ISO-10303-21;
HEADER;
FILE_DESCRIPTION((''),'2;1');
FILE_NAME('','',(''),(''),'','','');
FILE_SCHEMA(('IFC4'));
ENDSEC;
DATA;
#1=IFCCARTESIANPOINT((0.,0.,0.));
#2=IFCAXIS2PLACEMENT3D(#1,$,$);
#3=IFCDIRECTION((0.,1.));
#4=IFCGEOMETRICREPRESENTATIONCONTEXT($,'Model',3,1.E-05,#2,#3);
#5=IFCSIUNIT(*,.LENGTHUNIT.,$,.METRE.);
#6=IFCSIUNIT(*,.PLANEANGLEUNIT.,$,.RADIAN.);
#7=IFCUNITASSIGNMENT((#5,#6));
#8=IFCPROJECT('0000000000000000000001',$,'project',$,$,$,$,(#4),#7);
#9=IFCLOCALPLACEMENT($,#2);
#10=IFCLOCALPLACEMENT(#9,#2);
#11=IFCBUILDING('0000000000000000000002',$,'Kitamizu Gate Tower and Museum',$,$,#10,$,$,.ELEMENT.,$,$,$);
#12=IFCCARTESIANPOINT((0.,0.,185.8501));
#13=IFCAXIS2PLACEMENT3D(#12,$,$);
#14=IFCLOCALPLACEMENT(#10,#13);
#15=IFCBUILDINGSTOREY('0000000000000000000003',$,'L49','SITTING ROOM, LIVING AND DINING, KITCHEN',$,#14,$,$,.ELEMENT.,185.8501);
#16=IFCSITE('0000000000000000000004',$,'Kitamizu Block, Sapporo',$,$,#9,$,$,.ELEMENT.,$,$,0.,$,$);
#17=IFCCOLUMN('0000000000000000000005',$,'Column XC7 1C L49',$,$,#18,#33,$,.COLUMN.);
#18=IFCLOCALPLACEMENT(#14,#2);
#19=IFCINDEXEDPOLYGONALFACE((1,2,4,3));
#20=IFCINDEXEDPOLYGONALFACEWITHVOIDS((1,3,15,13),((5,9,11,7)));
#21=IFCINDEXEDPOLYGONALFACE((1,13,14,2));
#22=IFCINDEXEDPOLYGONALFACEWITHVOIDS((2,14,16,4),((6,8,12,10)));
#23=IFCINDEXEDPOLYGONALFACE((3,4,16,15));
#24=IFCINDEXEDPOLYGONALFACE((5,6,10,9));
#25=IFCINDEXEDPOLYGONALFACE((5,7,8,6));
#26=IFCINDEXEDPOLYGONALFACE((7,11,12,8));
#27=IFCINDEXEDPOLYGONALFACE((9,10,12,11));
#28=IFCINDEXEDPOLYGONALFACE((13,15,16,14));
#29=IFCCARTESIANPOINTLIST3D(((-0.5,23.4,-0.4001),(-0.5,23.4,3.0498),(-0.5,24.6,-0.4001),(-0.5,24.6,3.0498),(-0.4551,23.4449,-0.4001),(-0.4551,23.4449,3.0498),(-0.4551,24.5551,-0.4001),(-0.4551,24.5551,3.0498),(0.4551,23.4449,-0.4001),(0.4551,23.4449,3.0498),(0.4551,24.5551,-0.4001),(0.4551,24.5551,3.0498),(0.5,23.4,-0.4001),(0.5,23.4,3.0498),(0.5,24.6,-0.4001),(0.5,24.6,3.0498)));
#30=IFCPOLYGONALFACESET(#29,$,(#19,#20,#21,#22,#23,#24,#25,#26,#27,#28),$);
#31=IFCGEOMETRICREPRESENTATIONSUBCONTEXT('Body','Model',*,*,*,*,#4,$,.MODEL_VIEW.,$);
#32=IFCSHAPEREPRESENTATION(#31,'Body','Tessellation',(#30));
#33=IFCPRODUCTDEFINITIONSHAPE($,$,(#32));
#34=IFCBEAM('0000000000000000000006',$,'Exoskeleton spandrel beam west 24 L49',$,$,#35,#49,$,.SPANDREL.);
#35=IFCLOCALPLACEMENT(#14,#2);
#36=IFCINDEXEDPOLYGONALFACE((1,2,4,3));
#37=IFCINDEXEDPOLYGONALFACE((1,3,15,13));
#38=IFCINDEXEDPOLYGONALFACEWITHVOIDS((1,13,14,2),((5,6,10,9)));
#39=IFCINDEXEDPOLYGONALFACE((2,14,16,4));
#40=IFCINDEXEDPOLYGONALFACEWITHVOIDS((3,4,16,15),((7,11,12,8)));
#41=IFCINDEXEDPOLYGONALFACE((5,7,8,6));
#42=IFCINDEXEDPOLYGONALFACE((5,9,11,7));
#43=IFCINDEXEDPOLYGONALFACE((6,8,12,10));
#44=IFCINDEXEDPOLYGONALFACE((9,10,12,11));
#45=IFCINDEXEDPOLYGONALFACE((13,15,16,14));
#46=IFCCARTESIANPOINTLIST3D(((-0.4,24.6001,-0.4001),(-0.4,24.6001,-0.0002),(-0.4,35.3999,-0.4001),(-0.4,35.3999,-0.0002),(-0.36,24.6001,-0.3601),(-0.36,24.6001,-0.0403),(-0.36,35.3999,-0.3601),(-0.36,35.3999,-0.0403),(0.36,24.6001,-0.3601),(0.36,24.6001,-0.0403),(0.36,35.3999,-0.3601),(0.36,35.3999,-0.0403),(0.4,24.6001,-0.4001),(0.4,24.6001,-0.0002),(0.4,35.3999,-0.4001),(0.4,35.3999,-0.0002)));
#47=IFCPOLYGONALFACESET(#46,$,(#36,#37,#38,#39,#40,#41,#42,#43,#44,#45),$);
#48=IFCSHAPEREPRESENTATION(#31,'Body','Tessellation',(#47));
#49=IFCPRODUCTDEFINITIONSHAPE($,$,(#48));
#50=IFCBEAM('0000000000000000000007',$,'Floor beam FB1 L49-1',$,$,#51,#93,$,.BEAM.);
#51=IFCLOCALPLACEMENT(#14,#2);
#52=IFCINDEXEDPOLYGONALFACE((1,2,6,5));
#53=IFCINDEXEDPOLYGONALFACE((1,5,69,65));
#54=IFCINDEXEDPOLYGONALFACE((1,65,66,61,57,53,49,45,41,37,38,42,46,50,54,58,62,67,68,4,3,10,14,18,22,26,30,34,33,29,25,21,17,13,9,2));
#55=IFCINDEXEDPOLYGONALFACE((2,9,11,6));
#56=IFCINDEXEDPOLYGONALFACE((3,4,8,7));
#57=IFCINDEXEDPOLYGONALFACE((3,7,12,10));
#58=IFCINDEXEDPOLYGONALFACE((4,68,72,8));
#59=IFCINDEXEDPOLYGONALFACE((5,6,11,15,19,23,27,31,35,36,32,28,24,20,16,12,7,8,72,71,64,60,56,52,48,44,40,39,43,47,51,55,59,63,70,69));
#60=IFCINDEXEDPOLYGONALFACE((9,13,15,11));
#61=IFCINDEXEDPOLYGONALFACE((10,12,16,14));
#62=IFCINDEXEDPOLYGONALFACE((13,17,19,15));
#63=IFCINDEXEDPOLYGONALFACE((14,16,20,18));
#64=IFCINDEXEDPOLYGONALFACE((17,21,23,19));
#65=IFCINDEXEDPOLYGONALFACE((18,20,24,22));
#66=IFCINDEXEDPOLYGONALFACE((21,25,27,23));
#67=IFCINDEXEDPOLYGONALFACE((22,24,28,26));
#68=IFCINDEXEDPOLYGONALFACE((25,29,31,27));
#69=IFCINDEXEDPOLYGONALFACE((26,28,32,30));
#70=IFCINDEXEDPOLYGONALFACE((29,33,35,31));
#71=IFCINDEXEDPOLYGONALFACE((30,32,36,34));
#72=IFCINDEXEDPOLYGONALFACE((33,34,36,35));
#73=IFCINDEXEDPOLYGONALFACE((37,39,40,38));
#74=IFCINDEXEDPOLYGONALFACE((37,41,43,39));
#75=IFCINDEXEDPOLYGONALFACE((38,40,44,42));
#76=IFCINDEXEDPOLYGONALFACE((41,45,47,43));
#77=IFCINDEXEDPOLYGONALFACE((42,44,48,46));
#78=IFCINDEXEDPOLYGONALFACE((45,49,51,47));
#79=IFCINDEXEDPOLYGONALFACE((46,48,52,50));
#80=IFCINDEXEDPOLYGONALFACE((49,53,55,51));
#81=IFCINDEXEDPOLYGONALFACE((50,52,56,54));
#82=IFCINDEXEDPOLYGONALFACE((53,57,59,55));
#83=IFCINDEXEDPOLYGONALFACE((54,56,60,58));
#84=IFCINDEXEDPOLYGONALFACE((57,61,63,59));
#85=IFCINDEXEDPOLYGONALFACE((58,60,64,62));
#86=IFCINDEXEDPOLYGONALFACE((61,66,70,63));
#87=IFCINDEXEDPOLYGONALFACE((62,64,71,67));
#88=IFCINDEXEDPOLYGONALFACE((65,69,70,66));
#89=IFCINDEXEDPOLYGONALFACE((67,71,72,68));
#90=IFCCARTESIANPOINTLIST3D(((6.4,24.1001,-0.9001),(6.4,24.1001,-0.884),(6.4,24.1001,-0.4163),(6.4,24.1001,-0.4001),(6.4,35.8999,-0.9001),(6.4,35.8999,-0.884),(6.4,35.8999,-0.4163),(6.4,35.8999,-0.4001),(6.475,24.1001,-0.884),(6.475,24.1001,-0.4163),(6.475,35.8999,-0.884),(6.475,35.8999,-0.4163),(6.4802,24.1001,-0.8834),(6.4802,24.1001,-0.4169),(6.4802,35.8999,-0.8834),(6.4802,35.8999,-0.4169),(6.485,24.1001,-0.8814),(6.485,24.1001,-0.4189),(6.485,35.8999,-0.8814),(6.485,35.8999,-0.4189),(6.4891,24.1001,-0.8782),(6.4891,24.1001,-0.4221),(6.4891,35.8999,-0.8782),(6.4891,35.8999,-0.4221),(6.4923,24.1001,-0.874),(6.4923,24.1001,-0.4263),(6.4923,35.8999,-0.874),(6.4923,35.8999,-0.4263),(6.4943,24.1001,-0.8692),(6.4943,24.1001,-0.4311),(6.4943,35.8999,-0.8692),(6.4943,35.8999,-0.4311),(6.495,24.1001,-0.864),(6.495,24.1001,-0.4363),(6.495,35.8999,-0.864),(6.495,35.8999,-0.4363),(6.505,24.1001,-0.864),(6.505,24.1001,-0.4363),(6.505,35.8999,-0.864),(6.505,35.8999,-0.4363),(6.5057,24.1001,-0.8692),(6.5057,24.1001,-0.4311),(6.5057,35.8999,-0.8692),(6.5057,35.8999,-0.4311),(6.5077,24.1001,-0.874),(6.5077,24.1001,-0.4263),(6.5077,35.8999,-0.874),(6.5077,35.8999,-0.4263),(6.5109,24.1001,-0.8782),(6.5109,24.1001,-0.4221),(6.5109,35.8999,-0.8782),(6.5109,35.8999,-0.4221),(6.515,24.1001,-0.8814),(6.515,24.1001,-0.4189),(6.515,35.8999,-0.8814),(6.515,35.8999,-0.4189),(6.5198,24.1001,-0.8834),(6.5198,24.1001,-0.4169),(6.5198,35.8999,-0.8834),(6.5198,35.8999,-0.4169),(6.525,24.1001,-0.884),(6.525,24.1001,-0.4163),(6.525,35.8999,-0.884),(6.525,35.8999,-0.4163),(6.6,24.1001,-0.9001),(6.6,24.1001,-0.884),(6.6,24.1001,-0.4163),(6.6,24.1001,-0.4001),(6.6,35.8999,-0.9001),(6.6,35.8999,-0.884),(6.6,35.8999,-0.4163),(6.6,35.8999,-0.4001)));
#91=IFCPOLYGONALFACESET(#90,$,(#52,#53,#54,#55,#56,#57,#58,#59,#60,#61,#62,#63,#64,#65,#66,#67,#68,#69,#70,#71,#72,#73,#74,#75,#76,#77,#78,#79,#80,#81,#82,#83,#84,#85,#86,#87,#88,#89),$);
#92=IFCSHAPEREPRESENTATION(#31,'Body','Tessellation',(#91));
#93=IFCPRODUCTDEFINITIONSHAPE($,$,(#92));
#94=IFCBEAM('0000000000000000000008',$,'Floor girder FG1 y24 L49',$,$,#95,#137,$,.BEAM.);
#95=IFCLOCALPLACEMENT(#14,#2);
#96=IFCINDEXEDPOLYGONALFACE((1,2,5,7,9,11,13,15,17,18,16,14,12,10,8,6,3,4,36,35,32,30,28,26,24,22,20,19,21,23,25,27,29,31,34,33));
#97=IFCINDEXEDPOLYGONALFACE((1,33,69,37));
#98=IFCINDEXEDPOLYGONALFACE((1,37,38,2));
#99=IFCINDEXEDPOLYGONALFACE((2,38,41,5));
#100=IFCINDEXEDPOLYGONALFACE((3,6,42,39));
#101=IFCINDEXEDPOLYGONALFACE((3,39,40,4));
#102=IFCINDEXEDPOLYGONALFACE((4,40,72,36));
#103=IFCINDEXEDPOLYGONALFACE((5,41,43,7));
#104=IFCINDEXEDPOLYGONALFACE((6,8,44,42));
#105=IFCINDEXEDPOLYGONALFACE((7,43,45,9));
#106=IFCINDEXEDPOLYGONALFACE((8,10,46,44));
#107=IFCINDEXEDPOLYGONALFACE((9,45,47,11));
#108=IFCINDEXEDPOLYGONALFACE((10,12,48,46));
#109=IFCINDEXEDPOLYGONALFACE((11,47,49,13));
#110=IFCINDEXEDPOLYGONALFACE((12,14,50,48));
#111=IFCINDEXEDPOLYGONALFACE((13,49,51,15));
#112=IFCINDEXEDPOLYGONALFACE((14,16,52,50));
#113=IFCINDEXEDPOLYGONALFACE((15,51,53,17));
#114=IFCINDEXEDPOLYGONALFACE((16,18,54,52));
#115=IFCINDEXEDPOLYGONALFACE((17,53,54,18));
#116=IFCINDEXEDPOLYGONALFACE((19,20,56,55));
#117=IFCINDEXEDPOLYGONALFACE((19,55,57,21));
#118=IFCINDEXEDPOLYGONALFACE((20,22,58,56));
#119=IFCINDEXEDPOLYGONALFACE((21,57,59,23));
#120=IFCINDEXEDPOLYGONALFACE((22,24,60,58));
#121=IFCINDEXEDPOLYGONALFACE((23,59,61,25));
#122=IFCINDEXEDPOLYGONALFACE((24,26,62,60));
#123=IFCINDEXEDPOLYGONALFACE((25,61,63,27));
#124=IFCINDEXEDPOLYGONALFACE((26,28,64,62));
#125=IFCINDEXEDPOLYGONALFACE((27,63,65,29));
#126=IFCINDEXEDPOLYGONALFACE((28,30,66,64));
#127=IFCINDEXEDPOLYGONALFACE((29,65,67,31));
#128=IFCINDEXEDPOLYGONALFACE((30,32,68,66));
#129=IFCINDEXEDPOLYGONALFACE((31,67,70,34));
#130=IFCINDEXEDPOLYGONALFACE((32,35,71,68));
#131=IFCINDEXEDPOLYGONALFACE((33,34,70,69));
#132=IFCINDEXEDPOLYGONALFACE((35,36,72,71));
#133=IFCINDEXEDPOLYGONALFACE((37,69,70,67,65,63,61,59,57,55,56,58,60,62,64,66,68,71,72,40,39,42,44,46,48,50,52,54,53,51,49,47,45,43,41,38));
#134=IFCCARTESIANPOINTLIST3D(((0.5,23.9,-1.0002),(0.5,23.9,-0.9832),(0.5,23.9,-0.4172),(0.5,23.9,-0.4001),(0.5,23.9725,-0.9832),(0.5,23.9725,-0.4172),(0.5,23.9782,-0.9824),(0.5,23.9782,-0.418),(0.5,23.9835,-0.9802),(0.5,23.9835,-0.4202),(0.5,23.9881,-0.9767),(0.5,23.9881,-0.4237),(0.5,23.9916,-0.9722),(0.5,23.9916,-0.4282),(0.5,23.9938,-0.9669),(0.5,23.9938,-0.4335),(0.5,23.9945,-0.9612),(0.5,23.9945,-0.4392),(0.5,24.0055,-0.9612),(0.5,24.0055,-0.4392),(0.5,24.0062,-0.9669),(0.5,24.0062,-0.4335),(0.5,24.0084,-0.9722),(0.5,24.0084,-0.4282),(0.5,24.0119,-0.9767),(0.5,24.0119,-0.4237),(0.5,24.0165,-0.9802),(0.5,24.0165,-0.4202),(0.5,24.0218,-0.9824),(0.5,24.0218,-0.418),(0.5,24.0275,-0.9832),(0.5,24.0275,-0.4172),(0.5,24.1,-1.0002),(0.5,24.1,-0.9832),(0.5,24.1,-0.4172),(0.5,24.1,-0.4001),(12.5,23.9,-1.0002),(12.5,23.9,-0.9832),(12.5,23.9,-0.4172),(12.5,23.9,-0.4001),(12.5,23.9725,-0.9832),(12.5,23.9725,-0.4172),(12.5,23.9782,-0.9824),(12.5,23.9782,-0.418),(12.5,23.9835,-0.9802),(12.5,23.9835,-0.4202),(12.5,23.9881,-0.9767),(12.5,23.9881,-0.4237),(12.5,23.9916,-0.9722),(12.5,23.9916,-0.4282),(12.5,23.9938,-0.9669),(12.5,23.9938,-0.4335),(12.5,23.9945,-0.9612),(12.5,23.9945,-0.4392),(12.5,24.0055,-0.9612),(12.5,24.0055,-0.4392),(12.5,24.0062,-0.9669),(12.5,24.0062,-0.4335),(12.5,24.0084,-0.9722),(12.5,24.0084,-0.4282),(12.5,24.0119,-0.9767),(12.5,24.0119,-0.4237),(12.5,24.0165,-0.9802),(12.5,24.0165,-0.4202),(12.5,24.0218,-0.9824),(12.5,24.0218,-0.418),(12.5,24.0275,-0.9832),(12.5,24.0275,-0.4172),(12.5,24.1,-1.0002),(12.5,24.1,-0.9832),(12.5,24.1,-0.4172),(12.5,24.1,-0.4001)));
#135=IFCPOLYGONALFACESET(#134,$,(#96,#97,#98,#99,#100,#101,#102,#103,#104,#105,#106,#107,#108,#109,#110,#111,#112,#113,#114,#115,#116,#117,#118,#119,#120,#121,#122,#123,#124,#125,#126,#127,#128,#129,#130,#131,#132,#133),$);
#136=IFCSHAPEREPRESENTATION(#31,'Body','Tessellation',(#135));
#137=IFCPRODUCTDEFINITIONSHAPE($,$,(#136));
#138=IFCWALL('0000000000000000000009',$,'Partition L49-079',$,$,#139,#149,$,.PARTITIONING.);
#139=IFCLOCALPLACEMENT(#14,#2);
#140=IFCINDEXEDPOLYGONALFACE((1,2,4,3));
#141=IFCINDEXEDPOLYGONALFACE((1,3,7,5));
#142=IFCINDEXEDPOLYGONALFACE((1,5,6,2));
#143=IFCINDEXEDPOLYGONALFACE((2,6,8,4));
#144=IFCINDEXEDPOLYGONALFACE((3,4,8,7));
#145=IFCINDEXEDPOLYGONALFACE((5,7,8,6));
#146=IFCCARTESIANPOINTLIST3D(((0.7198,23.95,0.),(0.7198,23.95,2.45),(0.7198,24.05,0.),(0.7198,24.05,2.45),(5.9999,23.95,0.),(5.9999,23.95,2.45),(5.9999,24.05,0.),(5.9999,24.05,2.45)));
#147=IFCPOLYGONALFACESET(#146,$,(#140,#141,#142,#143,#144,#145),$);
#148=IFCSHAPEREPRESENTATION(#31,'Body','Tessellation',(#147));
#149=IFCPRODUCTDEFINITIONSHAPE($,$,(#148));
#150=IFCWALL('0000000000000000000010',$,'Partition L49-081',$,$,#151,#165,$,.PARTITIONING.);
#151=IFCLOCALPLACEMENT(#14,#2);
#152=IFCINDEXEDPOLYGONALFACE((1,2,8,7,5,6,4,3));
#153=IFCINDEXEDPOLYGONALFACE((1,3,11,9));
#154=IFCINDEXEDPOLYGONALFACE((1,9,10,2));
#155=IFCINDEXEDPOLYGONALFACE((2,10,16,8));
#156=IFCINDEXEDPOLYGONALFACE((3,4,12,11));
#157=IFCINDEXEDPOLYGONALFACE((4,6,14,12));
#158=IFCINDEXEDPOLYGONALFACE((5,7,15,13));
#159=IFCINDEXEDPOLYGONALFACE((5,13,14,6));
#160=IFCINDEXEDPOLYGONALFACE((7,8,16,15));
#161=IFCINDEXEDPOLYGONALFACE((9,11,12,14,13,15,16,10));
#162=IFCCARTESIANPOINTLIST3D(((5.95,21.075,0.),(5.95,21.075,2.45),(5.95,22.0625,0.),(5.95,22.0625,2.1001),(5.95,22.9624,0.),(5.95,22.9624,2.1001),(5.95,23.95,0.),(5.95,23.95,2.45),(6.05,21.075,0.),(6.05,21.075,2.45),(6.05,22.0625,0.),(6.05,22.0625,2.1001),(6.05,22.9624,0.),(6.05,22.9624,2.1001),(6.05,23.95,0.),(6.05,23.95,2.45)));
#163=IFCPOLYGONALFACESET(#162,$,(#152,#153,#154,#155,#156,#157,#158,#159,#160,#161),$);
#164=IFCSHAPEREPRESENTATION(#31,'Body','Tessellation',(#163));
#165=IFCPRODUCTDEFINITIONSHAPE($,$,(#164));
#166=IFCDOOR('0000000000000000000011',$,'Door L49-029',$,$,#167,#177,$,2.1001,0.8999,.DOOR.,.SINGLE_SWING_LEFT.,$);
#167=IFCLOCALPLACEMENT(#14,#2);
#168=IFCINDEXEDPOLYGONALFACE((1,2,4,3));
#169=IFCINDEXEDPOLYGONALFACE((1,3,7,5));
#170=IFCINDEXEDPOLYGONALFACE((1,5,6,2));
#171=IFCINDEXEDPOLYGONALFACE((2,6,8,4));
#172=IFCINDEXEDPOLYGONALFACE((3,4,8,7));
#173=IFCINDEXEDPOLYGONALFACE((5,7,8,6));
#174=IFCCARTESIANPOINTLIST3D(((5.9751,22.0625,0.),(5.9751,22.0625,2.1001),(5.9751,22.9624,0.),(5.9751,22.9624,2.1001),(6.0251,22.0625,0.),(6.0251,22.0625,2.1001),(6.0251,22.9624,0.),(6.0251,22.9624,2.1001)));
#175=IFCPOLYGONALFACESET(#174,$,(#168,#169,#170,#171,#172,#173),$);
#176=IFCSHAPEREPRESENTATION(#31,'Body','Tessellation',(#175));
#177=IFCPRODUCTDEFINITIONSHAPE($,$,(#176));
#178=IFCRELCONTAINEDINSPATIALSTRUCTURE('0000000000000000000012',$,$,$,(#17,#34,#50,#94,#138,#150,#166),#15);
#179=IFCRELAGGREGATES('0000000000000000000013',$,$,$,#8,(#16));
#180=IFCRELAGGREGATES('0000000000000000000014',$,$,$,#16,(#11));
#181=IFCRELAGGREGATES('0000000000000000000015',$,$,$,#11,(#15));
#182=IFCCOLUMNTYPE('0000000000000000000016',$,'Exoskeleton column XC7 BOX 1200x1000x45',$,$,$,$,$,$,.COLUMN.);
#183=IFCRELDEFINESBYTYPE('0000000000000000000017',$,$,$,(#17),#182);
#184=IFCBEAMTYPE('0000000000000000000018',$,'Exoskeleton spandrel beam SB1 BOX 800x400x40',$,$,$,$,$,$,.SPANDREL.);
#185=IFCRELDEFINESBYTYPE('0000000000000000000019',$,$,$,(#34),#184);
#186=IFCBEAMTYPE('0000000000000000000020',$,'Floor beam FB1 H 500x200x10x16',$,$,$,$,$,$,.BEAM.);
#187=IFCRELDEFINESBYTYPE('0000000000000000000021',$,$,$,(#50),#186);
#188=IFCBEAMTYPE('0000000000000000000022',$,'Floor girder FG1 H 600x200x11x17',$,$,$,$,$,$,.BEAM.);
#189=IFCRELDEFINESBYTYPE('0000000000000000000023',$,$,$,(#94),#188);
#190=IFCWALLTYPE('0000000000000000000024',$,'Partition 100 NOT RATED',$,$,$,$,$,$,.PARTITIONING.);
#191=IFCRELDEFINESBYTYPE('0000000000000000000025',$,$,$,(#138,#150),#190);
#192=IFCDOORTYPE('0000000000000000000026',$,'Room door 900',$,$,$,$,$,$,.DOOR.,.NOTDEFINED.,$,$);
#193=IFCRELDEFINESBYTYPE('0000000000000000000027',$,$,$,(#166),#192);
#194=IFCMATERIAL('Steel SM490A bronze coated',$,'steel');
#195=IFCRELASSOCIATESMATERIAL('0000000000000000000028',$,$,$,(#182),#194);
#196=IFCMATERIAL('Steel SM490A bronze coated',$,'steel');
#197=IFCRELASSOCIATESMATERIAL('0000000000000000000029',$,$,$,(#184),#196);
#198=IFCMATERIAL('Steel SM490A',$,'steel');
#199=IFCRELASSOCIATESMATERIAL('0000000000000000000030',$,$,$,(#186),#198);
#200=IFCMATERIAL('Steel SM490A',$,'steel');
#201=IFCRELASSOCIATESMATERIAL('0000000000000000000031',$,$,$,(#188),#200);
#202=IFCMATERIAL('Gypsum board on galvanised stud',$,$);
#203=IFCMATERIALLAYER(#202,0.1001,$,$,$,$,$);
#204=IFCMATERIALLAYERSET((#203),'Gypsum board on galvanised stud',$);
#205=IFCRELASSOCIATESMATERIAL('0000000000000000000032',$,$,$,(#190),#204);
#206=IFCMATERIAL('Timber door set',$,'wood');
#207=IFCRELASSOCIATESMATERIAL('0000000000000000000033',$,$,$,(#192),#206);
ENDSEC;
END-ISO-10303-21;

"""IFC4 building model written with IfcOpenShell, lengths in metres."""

from ifc_helpers import new_model, si_unit, direction, frame, frame_2d, origin, origin_2d, place, context, subcontext, project, spatial, rectangle, hollow_rectangle, i_section, extrude, material, layer, layer_set, material_profile, profile_set, type_object, element, fill, save


model = new_model("IFC4")

# Units and contexts
model_context = context("Model", 3, precision=1e-05, world=origin(), true_north=direction((0.0, 1.0)))
body_context = subcontext(model_context, "Body", "Model", "MODEL_VIEW")
ifc_project = project(units=[si_unit("LENGTHUNIT", "METRE"), si_unit("PLANEANGLEUNIT", "RADIAN")], contexts=[model_context])

# Site, building, storey
site_placement = place(None, origin())
site = spatial("IfcSite", under=ifc_project, at=site_placement, Name="Kitamizu Block, Sapporo", CompositionType="ELEMENT", RefElevation=0.0)
building_placement = place(site_placement, origin())
building = spatial("IfcBuilding", under=site, at=building_placement, Name="Kitamizu Gate Tower and Museum", CompositionType="ELEMENT")
storey_placement = place(building_placement, frame((0.0, 0.0, 185.8501)))
storey = spatial("IfcBuildingStorey", under=building, at=storey_placement, Name="L49", Description="SITTING ROOM, LIVING AND DINING, KITCHEN", CompositionType="ELEMENT", Elevation=185.8501)

# Column
ifc_material_1 = material(Name="Steel SM490A bronze coated", Category="steel")
ifc_material_profile_1 = material_profile(ifc_material_1, hollow_rectangle(XDim=1.2, YDim=1.0, WallThickness=0.0449, at=origin_2d()), Name="BOX 1200x1000x45")
ifc_profile_set_1 = profile_set([ifc_material_profile_1], Name="Steel SM490A bronze coated")
column_type = type_object("IfcColumnType", Name="Exoskeleton column XC7 BOX 1200x1000x45", PredefinedType="COLUMN", material=ifc_profile_set_1)
column_placement = place(storey_placement, frame((0.0, 24.0, -0.4001), z_axis=(0.0, 0.0, 1.0), x_axis=(0.0, 1.0, 0.0)))
element("IfcColumn", 1, at=column_placement, inside=storey, type_object=column_type, Name="Column XC7 1C L49", PredefinedType="COLUMN", context=body_context, shape_type="SweptSolid", body=[
    extrude(hollow_rectangle(XDim=1.2, YDim=1.0, WallThickness=0.0449, at=origin_2d()), origin(), (0.0, 0.0, 1.0), 3.45),
])

# Beams
ifc_material_2 = material(Name="Steel SM490A bronze coated", Category="steel")
ifc_material_profile_2 = material_profile(ifc_material_2, hollow_rectangle(XDim=0.8, YDim=0.3999, WallThickness=0.04, at=origin_2d()), Name="BOX 800x400x40")
ifc_profile_set_2 = profile_set([ifc_material_profile_2], Name="Steel SM490A bronze coated")
beam_type_1 = type_object("IfcBeamType", Name="Exoskeleton spandrel beam SB1 BOX 800x400x40", PredefinedType="SPANDREL", material=ifc_profile_set_2)
beam_1_placement = place(storey_placement, frame((0.0, 24.6001, -0.2002), z_axis=(0.0, 1.0, 0.0), x_axis=(-1.0, 0.0, 0.0)))
element("IfcBeam", 2, at=beam_1_placement, inside=storey, type_object=beam_type_1, Name="Exoskeleton spandrel beam west 24 L49", PredefinedType="SPANDREL", context=body_context, shape_type="SweptSolid", body=[
    extrude(hollow_rectangle(XDim=0.8, YDim=0.3999, WallThickness=0.04, at=origin_2d()), origin(), (0.0, 0.0, 1.0), 10.7998),
])
ifc_material_3 = material(Name="Steel SM490A", Category="steel")
ifc_material_profile_3 = material_profile(ifc_material_3, i_section(OverallWidth=0.2, OverallDepth=0.5, WebThickness=0.01, FlangeThickness=0.0161, FilletRadius=0.02, at=origin_2d()), Name="H-500x200x10x16")
ifc_profile_set_3 = profile_set([ifc_material_profile_3], Name="Steel SM490A")
beam_type_2 = type_object("IfcBeamType", Name="Floor beam FB1 H 500x200x10x16", PredefinedType="BEAM", material=ifc_profile_set_3)
beam_2_placement = place(storey_placement, frame((6.5, 24.1001, -0.6501), z_axis=(0.0, 1.0, 0.0), x_axis=(-1.0, 0.0, 0.0)))
element("IfcBeam", 3, at=beam_2_placement, inside=storey, type_object=beam_type_2, Name="Floor beam FB1 L49-1", PredefinedType="BEAM", context=body_context, shape_type="SweptSolid", body=[
    extrude(i_section(OverallWidth=0.2, OverallDepth=0.5, WebThickness=0.01, FlangeThickness=0.0161, FilletRadius=0.02, at=origin_2d()), origin(), (0.0, 0.0, 1.0), 11.7998),
])
ifc_material_4 = material(Name="Steel SM490A", Category="steel")
ifc_material_profile_4 = material_profile(ifc_material_4, i_section(OverallWidth=0.2, OverallDepth=0.6001, WebThickness=0.011, FlangeThickness=0.0171, FilletRadius=0.022, at=origin_2d()), Name="H-600x200x11x17")
ifc_profile_set_4 = profile_set([ifc_material_profile_4], Name="Steel SM490A")
beam_type_3 = type_object("IfcBeamType", Name="Floor girder FG1 H 600x200x11x17", PredefinedType="BEAM", material=ifc_profile_set_4)
beam_3_placement = place(storey_placement, frame((0.5, 24.0, -0.7002), z_axis=(1.0, 0.0, 0.0), x_axis=(0.0, 1.0, 0.0)))
element("IfcBeam", 4, at=beam_3_placement, inside=storey, type_object=beam_type_3, Name="Floor girder FG1 y24 L49", PredefinedType="BEAM", context=body_context, shape_type="SweptSolid", body=[
    extrude(i_section(OverallWidth=0.2, OverallDepth=0.6001, WebThickness=0.011, FlangeThickness=0.0171, FilletRadius=0.022, at=origin_2d()), origin(), (0.0, 0.0, 1.0), 12.0),
])

# Wall
ifc_material_5 = material(Name="Gypsum board on galvanised stud")
ifc_layer_1 = layer(ifc_material_5, 0.1001)
ifc_layer_set_1 = layer_set([ifc_layer_1], Name="Gypsum board on galvanised stud")
wall_type_1 = type_object("IfcWallType", Name="Partition 100 NOT RATED", PredefinedType="PARTITIONING", material=ifc_layer_set_1)
wall_1_placement = place(storey_placement, frame((6.0, 24.0, 0.0), z_axis=(0.0, 0.0, 1.0), x_axis=(-1.0, 0.0, 0.0)))
element("IfcWall", 5, at=wall_1_placement, inside=storey, type_object=wall_type_1, Name="Partition L49-079", PredefinedType="PARTITIONING", context=body_context, shape_type="SweptSolid", body=[
    extrude(rectangle(XDim=5.28, YDim=0.1001, at=frame_2d((2.6401, 0.0))), origin(), (0.0, 0.0, 1.0), 2.45),
])

# Wall, opening, door
wall_2_placement = place(storey_placement, frame((6.0, 21.075, 0.0), z_axis=(0.0, 0.0, 1.0), x_axis=(0.0, 1.0, 0.0)))
wall_2 = element("IfcWall", 6, at=wall_2_placement, inside=storey, type_object=wall_type_1, Name="Partition L49-081", PredefinedType="PARTITIONING", context=body_context, shape_type="SweptSolid", body=[
    extrude(rectangle(XDim=2.875, YDim=0.1001, at=frame_2d((1.4375, 0.0))), origin(), (0.0, 0.0, 1.0), 2.45),
])
opening_1_placement = place(wall_2_placement, frame((0.9875, 0.0, 0.0)))
opening_1 = element("IfcOpeningElement", 7, at=opening_1_placement, cuts=wall_2, PredefinedType="OPENING", context=body_context, shape_type="SweptSolid", body=[
    extrude(rectangle(XDim=0.8999, YDim=2.1001, at=frame_2d((0.45, 1.05))), frame((0.0, 0.0601, 0.0), z_axis=(0.0, -1.0, 0.0), x_axis=(1.0, 0.0, 0.0)), (0.0, 0.0, 1.0), 0.1201),
])
ifc_material_6 = material(Name="Timber door set", Category="wood")
door_type_1 = type_object("IfcDoorType", Name="Room door 900", OperationType="NOTDEFINED", PredefinedType="DOOR", material=ifc_material_6)
door_1_placement = place(opening_1_placement, origin())
door_1 = element("IfcDoor", 8, at=door_1_placement, inside=storey, type_object=door_type_1, Name="Door L49-029", OperationType="SINGLE_SWING_LEFT", OverallHeight=2.1001, OverallWidth=0.8999, PredefinedType="DOOR", context=body_context, shape_type="SweptSolid", body=[
    extrude(rectangle(XDim=0.8999, YDim=2.1001, at=frame_2d((0.45, 1.05))), frame((0.0, 0.0249, 0.0), z_axis=(0.0, -1.0, 0.0), x_axis=(1.0, 0.0, 0.0)), (0.0, 0.0, 1.0), 0.05),
])
fill(opening_1, door_1)

save(model, "model.ifc")
